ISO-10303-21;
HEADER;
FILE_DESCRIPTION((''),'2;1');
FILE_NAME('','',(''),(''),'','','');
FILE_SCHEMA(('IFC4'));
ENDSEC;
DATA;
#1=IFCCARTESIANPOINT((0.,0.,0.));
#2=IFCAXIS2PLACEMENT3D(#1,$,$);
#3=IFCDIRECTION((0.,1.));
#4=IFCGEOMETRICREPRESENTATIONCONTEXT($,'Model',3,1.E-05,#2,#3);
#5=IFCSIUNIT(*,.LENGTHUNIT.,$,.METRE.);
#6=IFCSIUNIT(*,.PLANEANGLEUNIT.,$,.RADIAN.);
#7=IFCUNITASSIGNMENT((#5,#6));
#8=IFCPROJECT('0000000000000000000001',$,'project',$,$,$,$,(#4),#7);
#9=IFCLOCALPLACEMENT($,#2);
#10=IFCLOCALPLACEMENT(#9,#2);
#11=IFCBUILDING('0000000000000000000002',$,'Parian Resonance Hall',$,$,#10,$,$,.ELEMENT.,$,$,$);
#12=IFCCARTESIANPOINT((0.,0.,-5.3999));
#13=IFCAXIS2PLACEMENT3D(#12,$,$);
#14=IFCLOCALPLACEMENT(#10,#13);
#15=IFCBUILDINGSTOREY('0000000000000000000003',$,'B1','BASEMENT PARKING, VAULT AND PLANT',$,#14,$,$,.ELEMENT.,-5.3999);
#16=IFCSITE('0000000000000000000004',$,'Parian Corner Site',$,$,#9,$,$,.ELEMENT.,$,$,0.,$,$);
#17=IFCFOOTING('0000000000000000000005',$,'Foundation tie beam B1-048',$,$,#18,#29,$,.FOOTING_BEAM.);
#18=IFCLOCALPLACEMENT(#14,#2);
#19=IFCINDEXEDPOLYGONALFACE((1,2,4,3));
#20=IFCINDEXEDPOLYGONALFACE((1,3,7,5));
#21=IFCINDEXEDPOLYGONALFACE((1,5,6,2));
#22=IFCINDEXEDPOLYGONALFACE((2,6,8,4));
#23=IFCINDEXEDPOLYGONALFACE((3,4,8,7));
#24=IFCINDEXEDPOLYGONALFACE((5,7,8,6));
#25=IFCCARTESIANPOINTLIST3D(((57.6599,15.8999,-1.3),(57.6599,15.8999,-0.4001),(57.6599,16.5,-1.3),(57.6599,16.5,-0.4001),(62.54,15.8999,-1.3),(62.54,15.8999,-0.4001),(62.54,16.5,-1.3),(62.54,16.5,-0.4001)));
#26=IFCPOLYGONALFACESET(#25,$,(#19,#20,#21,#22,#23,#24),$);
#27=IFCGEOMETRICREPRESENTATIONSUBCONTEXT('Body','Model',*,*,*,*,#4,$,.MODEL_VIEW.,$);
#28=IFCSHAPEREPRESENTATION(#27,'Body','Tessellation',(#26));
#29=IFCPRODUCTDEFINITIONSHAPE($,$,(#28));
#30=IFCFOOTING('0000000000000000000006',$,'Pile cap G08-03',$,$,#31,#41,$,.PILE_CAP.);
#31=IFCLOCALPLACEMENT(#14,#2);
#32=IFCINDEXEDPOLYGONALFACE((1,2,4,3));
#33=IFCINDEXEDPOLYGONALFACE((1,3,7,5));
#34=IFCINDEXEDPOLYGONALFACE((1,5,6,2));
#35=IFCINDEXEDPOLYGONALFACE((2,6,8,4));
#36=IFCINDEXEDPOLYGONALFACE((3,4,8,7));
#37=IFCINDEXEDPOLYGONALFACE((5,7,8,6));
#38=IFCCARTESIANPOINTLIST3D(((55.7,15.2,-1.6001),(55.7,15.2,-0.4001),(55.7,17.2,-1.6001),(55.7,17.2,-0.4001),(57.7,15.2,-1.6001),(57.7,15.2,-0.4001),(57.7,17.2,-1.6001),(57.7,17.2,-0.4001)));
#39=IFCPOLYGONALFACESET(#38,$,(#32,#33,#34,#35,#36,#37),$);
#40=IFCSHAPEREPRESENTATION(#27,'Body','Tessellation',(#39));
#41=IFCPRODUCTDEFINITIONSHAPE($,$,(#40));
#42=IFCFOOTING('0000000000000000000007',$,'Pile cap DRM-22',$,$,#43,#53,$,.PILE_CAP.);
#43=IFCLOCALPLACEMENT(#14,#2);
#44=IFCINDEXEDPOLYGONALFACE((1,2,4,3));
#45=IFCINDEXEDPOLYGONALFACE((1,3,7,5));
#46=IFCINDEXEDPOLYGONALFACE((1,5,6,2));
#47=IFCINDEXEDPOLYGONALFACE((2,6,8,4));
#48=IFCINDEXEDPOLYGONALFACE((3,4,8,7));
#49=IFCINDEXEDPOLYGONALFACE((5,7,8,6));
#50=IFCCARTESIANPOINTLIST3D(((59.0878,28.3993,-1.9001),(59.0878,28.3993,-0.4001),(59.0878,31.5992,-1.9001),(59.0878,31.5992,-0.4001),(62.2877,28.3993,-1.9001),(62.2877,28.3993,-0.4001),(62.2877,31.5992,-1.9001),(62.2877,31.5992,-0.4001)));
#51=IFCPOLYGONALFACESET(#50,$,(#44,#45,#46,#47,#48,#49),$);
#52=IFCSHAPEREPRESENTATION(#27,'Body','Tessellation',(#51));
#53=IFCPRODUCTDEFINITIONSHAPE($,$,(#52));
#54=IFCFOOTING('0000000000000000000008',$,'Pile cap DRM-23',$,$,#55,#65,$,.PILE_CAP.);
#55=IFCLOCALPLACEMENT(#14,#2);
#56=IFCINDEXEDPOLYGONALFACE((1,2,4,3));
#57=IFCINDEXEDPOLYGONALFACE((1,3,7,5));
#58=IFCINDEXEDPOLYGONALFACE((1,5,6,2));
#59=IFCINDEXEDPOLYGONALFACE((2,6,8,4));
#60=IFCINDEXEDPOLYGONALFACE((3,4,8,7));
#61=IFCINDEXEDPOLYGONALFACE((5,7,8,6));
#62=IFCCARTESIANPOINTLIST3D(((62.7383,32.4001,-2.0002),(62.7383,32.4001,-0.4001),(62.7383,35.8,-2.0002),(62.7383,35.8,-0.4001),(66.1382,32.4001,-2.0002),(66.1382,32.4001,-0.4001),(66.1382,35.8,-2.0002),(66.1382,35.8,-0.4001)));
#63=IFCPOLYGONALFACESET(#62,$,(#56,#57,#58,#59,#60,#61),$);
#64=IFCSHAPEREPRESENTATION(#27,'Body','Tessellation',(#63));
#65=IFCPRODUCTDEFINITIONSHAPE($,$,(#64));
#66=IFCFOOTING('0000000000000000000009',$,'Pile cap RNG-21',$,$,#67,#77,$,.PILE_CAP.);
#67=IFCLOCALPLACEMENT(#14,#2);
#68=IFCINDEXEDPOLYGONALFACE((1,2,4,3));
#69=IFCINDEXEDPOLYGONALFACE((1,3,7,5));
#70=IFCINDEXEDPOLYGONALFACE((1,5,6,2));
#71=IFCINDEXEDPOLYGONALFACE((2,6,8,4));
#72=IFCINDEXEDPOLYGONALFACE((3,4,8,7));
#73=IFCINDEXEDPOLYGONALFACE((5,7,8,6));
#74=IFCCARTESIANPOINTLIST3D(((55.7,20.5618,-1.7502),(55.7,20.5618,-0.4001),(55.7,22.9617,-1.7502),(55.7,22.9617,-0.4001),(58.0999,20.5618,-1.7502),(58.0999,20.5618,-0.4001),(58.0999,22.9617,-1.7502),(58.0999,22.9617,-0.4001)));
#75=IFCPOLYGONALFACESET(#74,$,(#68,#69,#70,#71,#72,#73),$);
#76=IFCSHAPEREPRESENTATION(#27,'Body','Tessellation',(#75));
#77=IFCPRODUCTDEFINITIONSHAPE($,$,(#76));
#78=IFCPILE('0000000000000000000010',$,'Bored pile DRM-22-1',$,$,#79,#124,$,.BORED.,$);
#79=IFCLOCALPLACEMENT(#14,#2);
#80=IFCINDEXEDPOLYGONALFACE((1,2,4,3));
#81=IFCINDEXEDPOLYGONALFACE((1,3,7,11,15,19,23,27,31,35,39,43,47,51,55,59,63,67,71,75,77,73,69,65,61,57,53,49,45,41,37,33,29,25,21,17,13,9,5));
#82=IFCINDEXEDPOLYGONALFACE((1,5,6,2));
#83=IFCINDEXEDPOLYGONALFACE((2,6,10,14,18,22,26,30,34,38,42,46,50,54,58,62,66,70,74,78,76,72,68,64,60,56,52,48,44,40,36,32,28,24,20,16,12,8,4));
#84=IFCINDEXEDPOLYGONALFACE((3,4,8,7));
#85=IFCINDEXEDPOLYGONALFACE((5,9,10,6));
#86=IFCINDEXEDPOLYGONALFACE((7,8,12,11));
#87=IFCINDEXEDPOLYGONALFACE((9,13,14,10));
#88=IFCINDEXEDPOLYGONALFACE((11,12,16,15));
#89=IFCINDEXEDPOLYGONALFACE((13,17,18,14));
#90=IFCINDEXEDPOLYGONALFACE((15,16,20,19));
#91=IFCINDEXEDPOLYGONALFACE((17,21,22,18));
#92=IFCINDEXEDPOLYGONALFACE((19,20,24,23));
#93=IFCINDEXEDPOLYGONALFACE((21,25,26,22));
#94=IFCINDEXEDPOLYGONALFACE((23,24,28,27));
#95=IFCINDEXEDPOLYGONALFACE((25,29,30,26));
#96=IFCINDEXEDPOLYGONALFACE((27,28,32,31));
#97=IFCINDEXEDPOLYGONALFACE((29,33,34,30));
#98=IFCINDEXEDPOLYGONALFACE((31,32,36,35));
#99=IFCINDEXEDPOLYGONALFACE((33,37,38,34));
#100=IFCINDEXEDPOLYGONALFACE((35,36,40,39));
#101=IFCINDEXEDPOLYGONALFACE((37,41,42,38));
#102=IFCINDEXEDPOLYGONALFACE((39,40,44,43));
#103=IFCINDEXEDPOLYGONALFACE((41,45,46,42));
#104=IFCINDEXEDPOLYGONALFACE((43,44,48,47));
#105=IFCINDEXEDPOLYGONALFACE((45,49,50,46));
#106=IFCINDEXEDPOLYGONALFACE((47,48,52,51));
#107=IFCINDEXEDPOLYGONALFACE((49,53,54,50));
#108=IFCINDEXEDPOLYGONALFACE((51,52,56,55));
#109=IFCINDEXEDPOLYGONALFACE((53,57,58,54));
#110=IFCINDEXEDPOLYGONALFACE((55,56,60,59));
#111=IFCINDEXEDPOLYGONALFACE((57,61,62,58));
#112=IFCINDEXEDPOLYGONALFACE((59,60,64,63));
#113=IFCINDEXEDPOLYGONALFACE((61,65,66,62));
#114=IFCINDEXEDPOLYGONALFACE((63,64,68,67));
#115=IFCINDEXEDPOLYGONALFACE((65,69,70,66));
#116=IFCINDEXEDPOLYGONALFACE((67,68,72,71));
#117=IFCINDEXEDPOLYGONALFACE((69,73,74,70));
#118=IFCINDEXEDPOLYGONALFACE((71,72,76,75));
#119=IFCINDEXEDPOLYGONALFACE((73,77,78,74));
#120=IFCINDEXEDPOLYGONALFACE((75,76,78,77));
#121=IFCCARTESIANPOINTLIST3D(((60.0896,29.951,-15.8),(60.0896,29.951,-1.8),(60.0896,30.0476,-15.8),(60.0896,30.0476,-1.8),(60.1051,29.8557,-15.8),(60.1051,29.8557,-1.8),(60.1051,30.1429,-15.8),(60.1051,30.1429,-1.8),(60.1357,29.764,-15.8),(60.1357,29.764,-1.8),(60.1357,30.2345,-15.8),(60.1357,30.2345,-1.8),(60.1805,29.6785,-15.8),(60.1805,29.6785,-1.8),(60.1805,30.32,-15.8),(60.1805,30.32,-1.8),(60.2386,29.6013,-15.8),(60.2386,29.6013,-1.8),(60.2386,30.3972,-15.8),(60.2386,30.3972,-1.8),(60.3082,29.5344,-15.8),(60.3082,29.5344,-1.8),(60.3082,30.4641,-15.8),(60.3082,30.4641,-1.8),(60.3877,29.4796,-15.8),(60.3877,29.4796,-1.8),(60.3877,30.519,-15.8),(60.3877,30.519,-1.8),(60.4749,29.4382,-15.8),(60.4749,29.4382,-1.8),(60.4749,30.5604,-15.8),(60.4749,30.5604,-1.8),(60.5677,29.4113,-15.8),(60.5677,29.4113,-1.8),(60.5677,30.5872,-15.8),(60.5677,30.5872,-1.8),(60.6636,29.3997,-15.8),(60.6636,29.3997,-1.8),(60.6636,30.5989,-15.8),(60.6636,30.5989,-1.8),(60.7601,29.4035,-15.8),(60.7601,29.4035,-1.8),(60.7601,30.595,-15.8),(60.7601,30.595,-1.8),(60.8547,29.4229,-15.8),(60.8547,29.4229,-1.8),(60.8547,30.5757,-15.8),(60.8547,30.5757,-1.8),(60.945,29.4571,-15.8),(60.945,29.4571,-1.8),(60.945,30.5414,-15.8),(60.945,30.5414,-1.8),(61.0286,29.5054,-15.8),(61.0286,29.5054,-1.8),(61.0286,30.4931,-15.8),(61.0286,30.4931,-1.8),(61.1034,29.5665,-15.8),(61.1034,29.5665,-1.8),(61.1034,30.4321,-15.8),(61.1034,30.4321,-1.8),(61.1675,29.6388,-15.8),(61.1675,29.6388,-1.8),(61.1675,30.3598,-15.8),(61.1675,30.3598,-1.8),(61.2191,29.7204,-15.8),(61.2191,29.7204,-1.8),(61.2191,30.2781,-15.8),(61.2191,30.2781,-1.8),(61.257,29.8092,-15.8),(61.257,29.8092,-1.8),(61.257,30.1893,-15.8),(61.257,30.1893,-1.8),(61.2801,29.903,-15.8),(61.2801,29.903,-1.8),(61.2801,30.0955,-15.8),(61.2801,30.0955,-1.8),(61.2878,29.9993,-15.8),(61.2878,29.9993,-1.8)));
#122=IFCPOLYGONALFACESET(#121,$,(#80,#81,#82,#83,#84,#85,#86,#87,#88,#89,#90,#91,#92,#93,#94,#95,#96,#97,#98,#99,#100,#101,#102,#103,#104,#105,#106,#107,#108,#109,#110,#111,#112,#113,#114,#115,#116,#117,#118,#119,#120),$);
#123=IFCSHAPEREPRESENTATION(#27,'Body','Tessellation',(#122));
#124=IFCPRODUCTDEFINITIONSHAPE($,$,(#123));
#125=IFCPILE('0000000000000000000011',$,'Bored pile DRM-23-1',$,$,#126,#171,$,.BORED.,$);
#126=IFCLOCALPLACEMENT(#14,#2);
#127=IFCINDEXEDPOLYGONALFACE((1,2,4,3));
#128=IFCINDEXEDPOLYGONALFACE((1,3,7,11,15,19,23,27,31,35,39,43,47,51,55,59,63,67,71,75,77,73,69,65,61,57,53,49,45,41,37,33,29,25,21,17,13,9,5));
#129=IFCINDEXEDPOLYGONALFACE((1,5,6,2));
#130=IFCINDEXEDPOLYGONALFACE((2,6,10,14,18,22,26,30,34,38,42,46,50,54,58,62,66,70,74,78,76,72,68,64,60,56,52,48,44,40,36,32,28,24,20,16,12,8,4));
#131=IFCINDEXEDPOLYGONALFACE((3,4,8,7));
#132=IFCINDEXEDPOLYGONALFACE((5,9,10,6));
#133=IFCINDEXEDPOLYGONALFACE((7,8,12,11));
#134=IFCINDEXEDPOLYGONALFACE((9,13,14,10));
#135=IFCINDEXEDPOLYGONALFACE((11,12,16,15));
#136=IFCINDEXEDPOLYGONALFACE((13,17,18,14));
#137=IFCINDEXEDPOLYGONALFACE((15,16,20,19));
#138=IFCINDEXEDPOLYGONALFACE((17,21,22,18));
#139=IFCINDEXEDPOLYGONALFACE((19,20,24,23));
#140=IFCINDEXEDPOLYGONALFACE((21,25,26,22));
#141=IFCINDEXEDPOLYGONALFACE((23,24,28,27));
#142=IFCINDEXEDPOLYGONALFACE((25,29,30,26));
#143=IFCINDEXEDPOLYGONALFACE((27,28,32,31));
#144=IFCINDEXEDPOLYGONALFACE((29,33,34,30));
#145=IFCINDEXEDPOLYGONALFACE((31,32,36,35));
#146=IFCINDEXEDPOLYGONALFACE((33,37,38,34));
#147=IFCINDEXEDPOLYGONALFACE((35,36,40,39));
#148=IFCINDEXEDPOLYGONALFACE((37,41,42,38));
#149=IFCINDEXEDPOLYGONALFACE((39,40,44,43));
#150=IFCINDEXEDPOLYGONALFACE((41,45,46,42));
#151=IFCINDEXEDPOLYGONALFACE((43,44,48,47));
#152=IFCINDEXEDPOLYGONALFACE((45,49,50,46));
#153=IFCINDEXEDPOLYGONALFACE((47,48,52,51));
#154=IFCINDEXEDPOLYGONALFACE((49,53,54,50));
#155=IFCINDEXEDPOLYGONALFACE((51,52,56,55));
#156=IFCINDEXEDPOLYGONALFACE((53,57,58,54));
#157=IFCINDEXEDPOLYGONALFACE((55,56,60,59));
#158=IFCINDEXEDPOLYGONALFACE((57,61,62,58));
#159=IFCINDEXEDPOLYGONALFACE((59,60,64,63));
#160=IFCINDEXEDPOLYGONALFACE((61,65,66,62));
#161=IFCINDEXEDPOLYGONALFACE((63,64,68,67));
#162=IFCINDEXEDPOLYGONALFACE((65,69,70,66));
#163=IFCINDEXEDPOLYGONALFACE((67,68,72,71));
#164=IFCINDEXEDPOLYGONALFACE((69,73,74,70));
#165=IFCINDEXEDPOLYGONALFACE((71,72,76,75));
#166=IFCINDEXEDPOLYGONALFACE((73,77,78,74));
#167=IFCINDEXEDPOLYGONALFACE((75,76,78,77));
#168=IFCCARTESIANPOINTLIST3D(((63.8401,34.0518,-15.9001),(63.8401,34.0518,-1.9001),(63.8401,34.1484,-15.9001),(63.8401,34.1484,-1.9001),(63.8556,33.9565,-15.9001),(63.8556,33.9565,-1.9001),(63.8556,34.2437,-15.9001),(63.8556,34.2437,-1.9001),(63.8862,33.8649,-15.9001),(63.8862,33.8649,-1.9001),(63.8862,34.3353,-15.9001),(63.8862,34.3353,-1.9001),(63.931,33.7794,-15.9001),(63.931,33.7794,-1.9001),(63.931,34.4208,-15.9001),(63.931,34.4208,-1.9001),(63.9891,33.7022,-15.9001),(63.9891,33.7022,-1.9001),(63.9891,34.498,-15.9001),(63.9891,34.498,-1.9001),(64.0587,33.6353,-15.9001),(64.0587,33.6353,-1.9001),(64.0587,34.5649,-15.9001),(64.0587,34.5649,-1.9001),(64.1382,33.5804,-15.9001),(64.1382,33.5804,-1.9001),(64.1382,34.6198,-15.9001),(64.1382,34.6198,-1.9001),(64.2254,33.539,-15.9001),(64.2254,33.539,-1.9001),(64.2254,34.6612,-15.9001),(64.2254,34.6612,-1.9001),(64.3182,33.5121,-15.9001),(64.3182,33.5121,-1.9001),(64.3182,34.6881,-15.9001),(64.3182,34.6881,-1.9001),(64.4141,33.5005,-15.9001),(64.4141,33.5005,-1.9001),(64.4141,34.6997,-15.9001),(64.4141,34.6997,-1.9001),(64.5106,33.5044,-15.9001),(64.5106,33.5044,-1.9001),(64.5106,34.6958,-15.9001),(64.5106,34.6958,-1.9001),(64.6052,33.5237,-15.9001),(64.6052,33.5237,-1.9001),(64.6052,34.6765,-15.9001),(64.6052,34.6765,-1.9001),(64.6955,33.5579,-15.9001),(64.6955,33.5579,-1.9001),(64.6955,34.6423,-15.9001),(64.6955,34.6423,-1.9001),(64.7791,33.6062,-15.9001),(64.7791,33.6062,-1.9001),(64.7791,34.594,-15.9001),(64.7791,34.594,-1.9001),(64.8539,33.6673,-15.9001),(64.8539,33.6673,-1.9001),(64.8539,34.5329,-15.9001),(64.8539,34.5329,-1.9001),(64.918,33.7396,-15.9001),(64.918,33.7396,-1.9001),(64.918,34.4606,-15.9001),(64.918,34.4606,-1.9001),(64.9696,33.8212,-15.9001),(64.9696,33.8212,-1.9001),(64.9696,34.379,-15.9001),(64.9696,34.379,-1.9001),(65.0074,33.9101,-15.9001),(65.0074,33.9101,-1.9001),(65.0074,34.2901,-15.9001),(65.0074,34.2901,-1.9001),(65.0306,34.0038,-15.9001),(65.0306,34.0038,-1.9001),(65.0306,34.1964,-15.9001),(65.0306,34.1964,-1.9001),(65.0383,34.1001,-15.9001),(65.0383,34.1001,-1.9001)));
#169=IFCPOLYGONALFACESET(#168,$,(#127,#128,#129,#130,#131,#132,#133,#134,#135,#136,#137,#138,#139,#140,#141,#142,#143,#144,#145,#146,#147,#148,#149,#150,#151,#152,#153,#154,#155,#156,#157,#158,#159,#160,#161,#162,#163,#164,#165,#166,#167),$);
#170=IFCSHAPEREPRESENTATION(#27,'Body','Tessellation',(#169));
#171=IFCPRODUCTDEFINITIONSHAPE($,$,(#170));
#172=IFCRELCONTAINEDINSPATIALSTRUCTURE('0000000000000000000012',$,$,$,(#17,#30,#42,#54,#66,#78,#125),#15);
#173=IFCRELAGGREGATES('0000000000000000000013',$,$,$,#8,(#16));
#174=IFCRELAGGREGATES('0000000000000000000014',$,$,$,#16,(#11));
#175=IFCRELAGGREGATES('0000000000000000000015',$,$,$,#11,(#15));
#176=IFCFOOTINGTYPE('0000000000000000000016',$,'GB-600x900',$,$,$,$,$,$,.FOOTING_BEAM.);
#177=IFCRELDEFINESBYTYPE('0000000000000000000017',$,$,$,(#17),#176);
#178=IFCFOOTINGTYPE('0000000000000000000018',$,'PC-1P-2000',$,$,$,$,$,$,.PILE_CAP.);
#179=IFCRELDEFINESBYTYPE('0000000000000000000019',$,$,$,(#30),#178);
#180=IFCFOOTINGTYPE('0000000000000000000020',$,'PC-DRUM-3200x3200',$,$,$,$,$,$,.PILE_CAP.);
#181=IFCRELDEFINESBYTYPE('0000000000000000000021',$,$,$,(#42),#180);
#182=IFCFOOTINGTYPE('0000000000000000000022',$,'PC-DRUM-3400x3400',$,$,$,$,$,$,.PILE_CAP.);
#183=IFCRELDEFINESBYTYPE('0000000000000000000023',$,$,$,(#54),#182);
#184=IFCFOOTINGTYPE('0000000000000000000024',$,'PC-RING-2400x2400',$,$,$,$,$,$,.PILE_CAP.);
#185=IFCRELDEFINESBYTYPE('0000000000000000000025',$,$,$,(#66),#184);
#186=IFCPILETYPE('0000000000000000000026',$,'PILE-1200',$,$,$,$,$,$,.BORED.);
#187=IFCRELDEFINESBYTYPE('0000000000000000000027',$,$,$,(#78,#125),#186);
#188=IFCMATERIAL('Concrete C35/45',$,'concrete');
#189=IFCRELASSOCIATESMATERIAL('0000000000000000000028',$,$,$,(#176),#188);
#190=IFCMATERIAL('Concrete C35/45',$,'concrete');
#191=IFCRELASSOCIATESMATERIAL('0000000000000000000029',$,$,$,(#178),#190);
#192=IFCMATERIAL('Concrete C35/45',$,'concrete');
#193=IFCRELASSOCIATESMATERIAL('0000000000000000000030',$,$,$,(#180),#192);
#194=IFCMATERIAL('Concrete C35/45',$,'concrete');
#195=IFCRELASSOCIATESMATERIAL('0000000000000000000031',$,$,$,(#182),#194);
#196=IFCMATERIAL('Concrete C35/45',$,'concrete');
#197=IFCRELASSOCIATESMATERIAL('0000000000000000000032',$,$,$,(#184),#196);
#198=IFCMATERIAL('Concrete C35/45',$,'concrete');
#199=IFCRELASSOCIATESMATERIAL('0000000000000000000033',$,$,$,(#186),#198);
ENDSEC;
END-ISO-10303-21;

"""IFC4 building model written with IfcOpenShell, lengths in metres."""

from ifc_helpers import new_model, si_unit, direction, frame, origin, origin_2d, place, context, subcontext, project, spatial, rectangle, circle, extrude, material, material_profile, profile_set, type_object, element, save


model = new_model("IFC4")

# Units and contexts
model_context = context("Model", 3, precision=1e-05, world=origin(), true_north=direction((0.0, 1.0)))
body_context = subcontext(model_context, "Body", "Model", "MODEL_VIEW")
ifc_project = project(units=[si_unit("LENGTHUNIT", "METRE"), si_unit("PLANEANGLEUNIT", "RADIAN")], contexts=[model_context])

# Site, building, storey
site_placement = place(None, origin())
site = spatial("IfcSite", under=ifc_project, at=site_placement, Name="Parian Corner Site", CompositionType="ELEMENT", RefElevation=0.0)
building_placement = place(site_placement, origin())
building = spatial("IfcBuilding", under=site, at=building_placement, Name="Parian Resonance Hall", CompositionType="ELEMENT")
storey_placement = place(building_placement, frame((0.0, 0.0, -5.3999)))
storey = spatial("IfcBuildingStorey", under=building, at=storey_placement, Name="B1", Description="BASEMENT PARKING, VAULT AND PLANT", CompositionType="ELEMENT", Elevation=-5.3999)

# Footings
ifc_material_1 = material(Name="Concrete C35/45", Category="concrete")
ifc_material_profile_1 = material_profile(ifc_material_1, rectangle(XDim=0.6001, YDim=0.8999, at=origin_2d()), Name="RC-GB-600x900")
ifc_profile_set_1 = profile_set([ifc_material_profile_1], Name="Concrete C35/45")
footing_type_1 = type_object("IfcFootingType", Name="GB-600x900", PredefinedType="FOOTING_BEAM", material=ifc_profile_set_1)
footing_1_placement = place(storey_placement, frame((57.6599, 16.2, -0.8501), z_axis=(1.0, 0.0, 0.0), x_axis=(0.0, 1.0, 0.0)))
element("IfcFooting", 1, at=footing_1_placement, inside=storey, type_object=footing_type_1, Name="Foundation tie beam B1-048", PredefinedType="FOOTING_BEAM", context=body_context, shape_type="SweptSolid", body=[
    extrude(rectangle(XDim=0.6001, YDim=0.8999, at=origin_2d()), origin(), (0.0, 0.0, 1.0), 4.8801),
])
ifc_material_2 = material(Name="Concrete C35/45", Category="concrete")
footing_type_2 = type_object("IfcFootingType", Name="PC-1P-2000", PredefinedType="PILE_CAP", material=ifc_material_2)
footing_2_placement = place(storey_placement, frame((56.7, 16.2, -1.6001), z_axis=(0.0, 0.0, 1.0), x_axis=(1.0, 0.0, 0.0)))
element("IfcFooting", 2, at=footing_2_placement, inside=storey, type_object=footing_type_2, Name="Pile cap G08-03", PredefinedType="PILE_CAP", context=body_context, shape_type="SweptSolid", body=[
    extrude(rectangle(XDim=2.0, YDim=2.0, at=origin_2d()), origin(), (0.0, 0.0, 1.0), 1.2),
])
ifc_material_3 = material(Name="Concrete C35/45", Category="concrete")
footing_type_3 = type_object("IfcFootingType", Name="PC-DRUM-3200x3200", PredefinedType="PILE_CAP", material=ifc_material_3)
footing_3_placement = place(storey_placement, frame((60.6877, 29.9993, -1.9001), z_axis=(0.0, 0.0, 1.0), x_axis=(1.0, 0.0, 0.0)))
element("IfcFooting", 3, at=footing_3_placement, inside=storey, type_object=footing_type_3, Name="Pile cap DRM-22", PredefinedType="PILE_CAP", context=body_context, shape_type="SweptSolid", body=[
    extrude(rectangle(XDim=3.2, YDim=3.2, at=origin_2d()), origin(), (0.0, 0.0, 1.0), 1.5),
])
ifc_material_4 = material(Name="Concrete C35/45", Category="concrete")
footing_type_4 = type_object("IfcFootingType", Name="PC-DRUM-3400x3400", PredefinedType="PILE_CAP", material=ifc_material_4)
footing_4_placement = place(storey_placement, frame((64.4382, 34.1001, -2.0002), z_axis=(0.0, 0.0, 1.0), x_axis=(1.0, 0.0, 0.0)))
element("IfcFooting", 4, at=footing_4_placement, inside=storey, type_object=footing_type_4, Name="Pile cap DRM-23", PredefinedType="PILE_CAP", context=body_context, shape_type="SweptSolid", body=[
    extrude(rectangle(XDim=3.3999, YDim=3.3999, at=origin_2d()), origin(), (0.0, 0.0, 1.0), 1.6001),
])
ifc_material_5 = material(Name="Concrete C35/45", Category="concrete")
footing_type_5 = type_object("IfcFootingType", Name="PC-RING-2400x2400", PredefinedType="PILE_CAP", material=ifc_material_5)
footing_5_placement = place(storey_placement, frame((56.8999, 21.7617, -1.7502), z_axis=(0.0, 0.0, 1.0), x_axis=(1.0, 0.0, 0.0)))
element("IfcFooting", 5, at=footing_5_placement, inside=storey, type_object=footing_type_5, Name="Pile cap RNG-21", PredefinedType="PILE_CAP", context=body_context, shape_type="SweptSolid", body=[
    extrude(rectangle(XDim=2.3999, YDim=2.3999, at=origin_2d()), origin(), (0.0, 0.0, 1.0), 1.3501),
])

# Piles
ifc_material_6 = material(Name="Concrete C35/45", Category="concrete")
ifc_material_profile_2 = material_profile(ifc_material_6, circle(Radius=0.6001, at=origin_2d()), Name="PILE-D1200")
ifc_profile_set_2 = profile_set([ifc_material_profile_2], Name="Concrete C35/45")
pile_type_1 = type_object("IfcPileType", Name="PILE-1200", PredefinedType="BORED", material=ifc_profile_set_2)
for number, where, z_axis, x_axis, name in (
    (6, (60.6877, 29.9993, -1.8), (0.0, 0.0, -1.0), (1.0, 0.0, 0.0), "Bored pile DRM-22-1"),
    (7, (64.4382, 34.1001, -1.9001), (0.0, 0.0, -1.0), (1.0, 0.0, 0.0), "Bored pile DRM-23-1"),
):
    element("IfcPile", number, at=place(storey_placement, frame(where, z_axis=z_axis, x_axis=x_axis)), inside=storey, type_object=pile_type_1, Name=name, PredefinedType="BORED", context=body_context, shape_type="SweptSolid", body=[
        extrude(circle(Radius=0.6001, at=origin_2d()), origin(), (0.0, 0.0, 1.0), 14.0),
    ])

save(model, "model.ifc")
